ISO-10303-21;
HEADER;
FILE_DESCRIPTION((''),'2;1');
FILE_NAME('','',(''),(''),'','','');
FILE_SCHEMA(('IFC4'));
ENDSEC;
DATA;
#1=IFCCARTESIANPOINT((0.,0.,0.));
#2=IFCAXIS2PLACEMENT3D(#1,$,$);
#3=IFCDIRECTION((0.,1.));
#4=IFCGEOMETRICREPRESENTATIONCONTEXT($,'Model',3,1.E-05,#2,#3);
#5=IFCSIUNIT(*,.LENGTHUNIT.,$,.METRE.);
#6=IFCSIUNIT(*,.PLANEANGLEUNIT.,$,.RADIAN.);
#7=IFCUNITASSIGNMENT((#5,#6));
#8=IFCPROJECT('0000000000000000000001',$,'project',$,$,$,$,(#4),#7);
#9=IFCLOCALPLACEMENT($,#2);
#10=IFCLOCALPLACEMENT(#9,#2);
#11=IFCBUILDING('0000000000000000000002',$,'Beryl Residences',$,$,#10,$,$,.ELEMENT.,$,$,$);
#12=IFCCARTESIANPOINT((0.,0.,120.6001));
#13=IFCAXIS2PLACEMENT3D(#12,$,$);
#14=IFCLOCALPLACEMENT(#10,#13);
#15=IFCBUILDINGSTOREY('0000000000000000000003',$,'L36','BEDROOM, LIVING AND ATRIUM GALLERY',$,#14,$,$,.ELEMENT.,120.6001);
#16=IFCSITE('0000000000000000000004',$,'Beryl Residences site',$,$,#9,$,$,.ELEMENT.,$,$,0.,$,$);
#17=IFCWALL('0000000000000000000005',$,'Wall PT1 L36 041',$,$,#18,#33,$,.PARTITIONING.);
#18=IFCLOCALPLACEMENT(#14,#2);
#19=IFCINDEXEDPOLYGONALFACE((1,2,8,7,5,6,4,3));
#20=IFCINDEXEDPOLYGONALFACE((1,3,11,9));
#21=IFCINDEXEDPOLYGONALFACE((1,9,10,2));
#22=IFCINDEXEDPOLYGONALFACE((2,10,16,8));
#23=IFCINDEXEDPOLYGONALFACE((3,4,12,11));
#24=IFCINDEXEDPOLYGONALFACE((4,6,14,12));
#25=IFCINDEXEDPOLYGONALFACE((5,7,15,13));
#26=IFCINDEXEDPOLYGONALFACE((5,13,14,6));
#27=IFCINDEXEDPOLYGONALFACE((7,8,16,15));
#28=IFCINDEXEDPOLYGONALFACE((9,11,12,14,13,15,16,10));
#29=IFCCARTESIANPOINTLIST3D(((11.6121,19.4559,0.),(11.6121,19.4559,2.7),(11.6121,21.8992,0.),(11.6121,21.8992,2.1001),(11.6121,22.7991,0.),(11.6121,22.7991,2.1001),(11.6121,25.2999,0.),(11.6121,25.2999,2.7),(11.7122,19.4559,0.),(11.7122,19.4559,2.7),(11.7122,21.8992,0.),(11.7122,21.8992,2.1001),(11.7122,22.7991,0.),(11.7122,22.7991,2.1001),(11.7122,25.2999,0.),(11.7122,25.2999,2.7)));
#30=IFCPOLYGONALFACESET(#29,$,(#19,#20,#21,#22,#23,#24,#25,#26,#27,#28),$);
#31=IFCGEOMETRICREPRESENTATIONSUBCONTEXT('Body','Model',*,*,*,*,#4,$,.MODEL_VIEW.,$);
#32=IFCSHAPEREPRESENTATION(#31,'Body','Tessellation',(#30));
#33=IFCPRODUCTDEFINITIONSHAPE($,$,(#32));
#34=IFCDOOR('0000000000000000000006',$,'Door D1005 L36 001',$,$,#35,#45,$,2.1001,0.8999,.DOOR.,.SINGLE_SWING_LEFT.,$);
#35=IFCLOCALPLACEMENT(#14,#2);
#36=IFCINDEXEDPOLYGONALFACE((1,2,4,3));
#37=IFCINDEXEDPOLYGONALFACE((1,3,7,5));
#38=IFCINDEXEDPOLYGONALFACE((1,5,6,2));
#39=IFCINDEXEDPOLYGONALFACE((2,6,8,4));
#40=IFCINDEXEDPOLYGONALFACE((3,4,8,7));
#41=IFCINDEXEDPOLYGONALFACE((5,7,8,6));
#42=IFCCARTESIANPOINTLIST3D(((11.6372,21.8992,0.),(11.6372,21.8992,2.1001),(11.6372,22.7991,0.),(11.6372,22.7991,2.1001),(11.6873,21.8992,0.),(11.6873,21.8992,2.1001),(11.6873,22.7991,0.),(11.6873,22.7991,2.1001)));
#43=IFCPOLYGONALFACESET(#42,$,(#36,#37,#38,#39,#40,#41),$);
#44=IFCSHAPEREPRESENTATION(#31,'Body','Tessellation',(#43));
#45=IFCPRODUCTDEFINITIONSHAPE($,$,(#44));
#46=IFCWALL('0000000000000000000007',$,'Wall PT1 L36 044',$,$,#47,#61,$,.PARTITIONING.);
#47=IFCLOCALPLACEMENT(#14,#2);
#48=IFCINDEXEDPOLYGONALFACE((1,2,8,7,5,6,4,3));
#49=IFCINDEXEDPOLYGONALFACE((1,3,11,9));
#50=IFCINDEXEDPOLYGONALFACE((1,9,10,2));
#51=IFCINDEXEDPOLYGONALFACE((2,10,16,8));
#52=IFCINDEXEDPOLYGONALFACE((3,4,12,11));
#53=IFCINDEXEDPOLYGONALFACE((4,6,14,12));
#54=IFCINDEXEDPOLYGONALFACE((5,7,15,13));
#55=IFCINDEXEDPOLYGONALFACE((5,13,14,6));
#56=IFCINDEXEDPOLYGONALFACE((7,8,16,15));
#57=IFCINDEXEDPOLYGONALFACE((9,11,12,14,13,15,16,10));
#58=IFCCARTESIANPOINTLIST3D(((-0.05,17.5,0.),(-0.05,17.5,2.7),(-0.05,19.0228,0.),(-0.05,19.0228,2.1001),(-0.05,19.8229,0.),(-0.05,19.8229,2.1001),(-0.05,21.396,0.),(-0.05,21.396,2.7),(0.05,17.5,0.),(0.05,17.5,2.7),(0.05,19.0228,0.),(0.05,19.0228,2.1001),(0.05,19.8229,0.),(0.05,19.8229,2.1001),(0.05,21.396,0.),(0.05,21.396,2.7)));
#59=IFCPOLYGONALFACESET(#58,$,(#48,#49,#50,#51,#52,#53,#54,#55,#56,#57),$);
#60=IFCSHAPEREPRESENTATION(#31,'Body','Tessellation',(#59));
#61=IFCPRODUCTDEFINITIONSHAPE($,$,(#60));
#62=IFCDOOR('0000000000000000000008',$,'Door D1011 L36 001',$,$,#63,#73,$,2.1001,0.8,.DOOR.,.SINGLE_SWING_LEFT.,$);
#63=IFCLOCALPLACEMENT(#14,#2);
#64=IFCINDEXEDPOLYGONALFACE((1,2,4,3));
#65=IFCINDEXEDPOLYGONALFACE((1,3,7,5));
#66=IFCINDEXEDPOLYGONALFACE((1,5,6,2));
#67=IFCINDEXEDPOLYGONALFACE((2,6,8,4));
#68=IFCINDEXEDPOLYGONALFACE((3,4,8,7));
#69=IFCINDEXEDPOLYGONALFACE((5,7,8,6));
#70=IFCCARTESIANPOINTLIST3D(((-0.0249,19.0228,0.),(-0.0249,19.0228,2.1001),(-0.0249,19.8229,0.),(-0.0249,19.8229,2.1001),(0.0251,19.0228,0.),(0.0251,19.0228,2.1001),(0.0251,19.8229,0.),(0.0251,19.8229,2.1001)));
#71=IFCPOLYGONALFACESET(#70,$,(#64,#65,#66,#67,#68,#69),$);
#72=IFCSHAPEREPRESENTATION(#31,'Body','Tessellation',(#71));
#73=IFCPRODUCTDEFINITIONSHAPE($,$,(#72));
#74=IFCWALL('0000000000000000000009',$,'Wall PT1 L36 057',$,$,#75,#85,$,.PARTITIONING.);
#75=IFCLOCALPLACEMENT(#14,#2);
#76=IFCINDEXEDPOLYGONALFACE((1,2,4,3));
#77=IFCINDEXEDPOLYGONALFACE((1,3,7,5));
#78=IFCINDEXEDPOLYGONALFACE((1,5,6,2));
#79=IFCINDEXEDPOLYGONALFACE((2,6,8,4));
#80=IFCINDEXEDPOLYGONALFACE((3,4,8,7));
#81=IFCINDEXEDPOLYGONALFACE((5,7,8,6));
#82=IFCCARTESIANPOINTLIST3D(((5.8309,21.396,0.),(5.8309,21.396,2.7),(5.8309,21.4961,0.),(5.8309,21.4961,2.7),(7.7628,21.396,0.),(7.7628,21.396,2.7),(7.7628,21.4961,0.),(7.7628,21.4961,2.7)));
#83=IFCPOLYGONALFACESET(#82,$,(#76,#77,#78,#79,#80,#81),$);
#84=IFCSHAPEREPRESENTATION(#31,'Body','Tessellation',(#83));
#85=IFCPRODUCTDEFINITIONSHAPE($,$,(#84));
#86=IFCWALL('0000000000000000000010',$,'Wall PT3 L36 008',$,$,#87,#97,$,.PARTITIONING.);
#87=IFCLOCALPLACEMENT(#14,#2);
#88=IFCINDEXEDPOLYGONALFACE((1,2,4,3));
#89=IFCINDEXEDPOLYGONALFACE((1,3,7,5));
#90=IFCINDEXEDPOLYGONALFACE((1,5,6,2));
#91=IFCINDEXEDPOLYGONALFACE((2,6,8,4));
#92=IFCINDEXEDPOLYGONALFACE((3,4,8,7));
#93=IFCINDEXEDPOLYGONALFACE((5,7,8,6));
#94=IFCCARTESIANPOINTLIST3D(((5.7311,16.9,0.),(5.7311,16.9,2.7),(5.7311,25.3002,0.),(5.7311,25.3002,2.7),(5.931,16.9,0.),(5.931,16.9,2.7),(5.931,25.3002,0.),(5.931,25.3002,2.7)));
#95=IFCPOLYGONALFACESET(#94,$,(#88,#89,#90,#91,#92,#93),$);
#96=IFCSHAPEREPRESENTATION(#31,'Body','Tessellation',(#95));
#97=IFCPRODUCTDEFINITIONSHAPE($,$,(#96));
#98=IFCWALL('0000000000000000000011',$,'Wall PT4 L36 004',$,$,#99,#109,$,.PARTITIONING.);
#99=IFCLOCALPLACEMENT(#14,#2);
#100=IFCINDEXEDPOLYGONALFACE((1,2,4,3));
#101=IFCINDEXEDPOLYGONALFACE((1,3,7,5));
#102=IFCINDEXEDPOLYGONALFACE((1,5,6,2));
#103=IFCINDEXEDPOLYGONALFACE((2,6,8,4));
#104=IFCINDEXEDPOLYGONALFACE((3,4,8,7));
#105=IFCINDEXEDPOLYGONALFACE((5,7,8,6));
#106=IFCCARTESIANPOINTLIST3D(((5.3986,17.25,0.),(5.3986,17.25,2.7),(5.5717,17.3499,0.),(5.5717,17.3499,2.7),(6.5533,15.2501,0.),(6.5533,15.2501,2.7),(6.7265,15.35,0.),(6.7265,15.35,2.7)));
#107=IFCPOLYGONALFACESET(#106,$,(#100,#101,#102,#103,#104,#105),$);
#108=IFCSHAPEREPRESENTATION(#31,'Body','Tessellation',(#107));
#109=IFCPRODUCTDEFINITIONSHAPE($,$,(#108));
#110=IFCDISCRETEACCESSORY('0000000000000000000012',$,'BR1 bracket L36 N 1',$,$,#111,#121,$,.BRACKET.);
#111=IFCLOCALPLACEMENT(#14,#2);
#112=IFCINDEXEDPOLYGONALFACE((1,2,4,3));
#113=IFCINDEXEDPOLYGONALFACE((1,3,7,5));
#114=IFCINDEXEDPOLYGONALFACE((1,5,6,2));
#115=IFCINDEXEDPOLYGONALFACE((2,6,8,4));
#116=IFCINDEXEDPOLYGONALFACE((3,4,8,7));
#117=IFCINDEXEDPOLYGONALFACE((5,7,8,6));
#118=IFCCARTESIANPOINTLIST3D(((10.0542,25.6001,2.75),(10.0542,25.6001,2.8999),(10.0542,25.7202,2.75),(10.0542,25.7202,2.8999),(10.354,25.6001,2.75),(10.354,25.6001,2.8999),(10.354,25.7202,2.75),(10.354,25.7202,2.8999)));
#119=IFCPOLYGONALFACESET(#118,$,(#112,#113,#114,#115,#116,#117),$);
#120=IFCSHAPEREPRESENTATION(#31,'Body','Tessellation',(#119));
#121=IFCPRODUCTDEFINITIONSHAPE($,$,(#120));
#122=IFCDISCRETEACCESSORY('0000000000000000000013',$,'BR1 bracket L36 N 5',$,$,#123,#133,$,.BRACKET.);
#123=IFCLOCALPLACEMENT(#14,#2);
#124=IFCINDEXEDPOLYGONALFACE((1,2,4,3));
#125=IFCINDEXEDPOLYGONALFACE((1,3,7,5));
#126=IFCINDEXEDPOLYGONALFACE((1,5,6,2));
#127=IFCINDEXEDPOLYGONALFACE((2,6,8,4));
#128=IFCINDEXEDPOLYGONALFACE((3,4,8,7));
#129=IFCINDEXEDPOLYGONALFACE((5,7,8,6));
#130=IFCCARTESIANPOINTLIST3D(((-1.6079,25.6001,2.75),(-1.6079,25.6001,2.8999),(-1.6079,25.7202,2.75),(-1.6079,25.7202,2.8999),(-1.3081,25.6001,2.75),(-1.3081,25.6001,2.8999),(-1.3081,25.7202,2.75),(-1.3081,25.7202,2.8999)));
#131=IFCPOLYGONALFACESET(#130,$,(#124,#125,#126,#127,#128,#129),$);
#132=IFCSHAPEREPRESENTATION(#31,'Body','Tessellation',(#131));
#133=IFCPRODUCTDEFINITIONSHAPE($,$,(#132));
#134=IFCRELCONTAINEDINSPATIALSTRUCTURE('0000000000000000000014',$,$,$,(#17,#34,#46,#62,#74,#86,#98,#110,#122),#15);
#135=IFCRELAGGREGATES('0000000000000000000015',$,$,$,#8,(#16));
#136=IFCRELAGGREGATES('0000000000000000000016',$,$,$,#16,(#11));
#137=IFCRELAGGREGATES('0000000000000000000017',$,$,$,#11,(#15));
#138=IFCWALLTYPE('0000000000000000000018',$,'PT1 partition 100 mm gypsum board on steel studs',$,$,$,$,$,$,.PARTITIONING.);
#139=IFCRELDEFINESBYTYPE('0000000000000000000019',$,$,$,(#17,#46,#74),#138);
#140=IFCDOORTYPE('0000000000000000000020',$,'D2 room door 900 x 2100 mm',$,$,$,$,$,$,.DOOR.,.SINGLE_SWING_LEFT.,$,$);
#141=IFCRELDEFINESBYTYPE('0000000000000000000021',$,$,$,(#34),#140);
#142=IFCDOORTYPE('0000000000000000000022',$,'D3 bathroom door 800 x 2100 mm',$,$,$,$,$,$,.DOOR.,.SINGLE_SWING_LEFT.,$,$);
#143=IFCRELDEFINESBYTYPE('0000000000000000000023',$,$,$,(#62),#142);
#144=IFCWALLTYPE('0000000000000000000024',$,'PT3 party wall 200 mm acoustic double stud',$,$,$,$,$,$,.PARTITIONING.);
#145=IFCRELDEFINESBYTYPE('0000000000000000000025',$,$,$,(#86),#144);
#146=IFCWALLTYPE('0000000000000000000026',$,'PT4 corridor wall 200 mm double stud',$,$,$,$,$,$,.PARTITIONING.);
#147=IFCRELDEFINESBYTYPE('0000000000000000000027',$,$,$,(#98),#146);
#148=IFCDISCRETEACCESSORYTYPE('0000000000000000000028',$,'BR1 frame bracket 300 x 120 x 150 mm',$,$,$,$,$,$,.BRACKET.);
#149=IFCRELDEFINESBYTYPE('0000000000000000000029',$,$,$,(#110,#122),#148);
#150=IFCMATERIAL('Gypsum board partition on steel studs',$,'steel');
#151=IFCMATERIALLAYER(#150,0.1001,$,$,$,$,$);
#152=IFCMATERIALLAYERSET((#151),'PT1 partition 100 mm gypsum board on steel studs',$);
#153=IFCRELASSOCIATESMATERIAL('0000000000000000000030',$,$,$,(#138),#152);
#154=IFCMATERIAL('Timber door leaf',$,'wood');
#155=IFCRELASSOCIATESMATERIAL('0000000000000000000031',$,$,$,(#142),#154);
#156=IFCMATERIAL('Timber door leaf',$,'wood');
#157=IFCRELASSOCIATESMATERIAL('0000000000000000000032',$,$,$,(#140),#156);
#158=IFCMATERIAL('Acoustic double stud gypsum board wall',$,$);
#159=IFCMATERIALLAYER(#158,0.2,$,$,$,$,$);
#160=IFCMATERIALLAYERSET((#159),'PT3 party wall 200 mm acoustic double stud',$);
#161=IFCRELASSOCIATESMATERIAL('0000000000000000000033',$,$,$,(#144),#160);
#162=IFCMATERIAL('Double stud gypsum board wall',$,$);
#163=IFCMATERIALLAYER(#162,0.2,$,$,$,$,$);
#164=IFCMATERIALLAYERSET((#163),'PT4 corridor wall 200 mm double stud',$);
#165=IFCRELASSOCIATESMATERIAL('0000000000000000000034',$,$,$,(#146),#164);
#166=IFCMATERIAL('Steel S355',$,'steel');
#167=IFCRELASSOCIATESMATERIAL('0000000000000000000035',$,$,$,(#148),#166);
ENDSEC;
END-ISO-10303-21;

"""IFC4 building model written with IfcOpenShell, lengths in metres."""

from ifc_helpers import new_model, si_unit, direction, frame, frame_2d, origin, place, context, subcontext, project, spatial, polyline, rectangle, outline, extrude, source, transform, mapped, material, layer, layer_set, type_object, type_shapes, element, fill, save


model = new_model("IFC4")

# Units and contexts
model_context = context("Model", 3, precision=1e-05, world=origin(), true_north=direction((0.0, 1.0)))
body_context = subcontext(model_context, "Body", "Model", "MODEL_VIEW")
ifc_project = project(units=[si_unit("LENGTHUNIT", "METRE"), si_unit("PLANEANGLEUNIT", "RADIAN")], contexts=[model_context])

# Site, building, storey
site_placement = place(None, origin())
site = spatial("IfcSite", under=ifc_project, at=site_placement, Name="Beryl Residences site", CompositionType="ELEMENT", RefElevation=0.0)
building_placement = place(site_placement, origin())
building = spatial("IfcBuilding", under=site, at=building_placement, Name="Beryl Residences", CompositionType="ELEMENT")
storey_placement = place(building_placement, frame((0.0, 0.0, 120.6001)))
storey = spatial("IfcBuildingStorey", under=building, at=storey_placement, Name="L36", Description="BEDROOM, LIVING AND ATRIUM GALLERY", CompositionType="ELEMENT", Elevation=120.6001)

# Shared definitions
ifc_material_1 = material(Name="Gypsum board partition on steel studs", Category="steel")
ifc_layer_1 = layer(ifc_material_1, 0.1001)
ifc_layer_set_1 = layer_set([ifc_layer_1], Name="PT1 partition 100 mm gypsum board on steel studs")
wall_type_1 = type_object("IfcWallType", Name="PT1 partition 100 mm gypsum board on steel studs", PredefinedType="PARTITIONING", material=ifc_layer_set_1)

# Walls, openings, doors
ifc_material_2 = material(Name="Timber door leaf", Category="wood")
door_type_1 = type_object("IfcDoorType", Name="D3 bathroom door 800 x 2100 mm", OperationType="SINGLE_SWING_LEFT", PredefinedType="DOOR", material=ifc_material_2)
wall_1_placement = place(storey_placement, frame((11.6621, 19.4561, 0.0), z_axis=(0.0, 0.0, 1.0), x_axis=(0.0, 1.0, 0.0)))
wall_1 = element("IfcWall", 1, at=wall_1_placement, inside=storey, type_object=wall_type_1, Name="Wall PT1 L36 041", PredefinedType="PARTITIONING", context=body_context, shape_type="SweptSolid", body=[
    extrude(rectangle(XDim=5.844, YDim=0.1001, at=frame_2d((2.9219, 0.0))), origin(), (0.0, 0.0, 1.0), 2.7),
])
opening_1_placement = place(wall_1_placement, frame((2.4431, 0.0, 0.0)))
opening_1 = element("IfcOpeningElement", 2, at=opening_1_placement, cuts=wall_1, PredefinedType="OPENING", context=body_context, shape_type="SweptSolid", body=[
    extrude(rectangle(XDim=0.8999, YDim=2.1001, at=frame_2d((0.45, 1.05))), frame((0.0, 0.0601, 0.0), z_axis=(0.0, -1.0, 0.0), x_axis=(1.0, 0.0, 0.0)), (0.0, 0.0, 1.0), 0.1201),
])
ifc_material_3 = material(Name="Timber door leaf", Category="wood")
door_type_2 = type_object("IfcDoorType", Name="D2 room door 900 x 2100 mm", OperationType="SINGLE_SWING_LEFT", PredefinedType="DOOR", material=ifc_material_3)
door_1_placement = place(opening_1_placement, origin())
door_1 = element("IfcDoor", 3, at=door_1_placement, inside=storey, type_object=door_type_2, Name="Door D1005 L36 001", OperationType="SINGLE_SWING_LEFT", OverallHeight=2.1001, OverallWidth=0.8999, PredefinedType="DOOR", context=body_context, shape_type="SweptSolid", body=[
    extrude(rectangle(XDim=0.8999, YDim=2.1001, at=frame_2d((0.45, 1.05))), frame((0.0, 0.0249, 0.0), z_axis=(0.0, -1.0, 0.0), x_axis=(1.0, 0.0, 0.0)), (0.0, 0.0, 1.0), 0.05),
])
fill(opening_1, door_1)
wall_2_placement = place(storey_placement, frame((0.0, 17.5, 0.0), z_axis=(0.0, 0.0, 1.0), x_axis=(0.0, 1.0, 0.0)))
wall_2 = element("IfcWall", 4, at=wall_2_placement, inside=storey, type_object=wall_type_1, Name="Wall PT1 L36 044", PredefinedType="PARTITIONING", context=body_context, shape_type="SweptSolid", body=[
    extrude(rectangle(XDim=3.896, YDim=0.1001, at=frame_2d((1.948, 0.0))), origin(), (0.0, 0.0, 1.0), 2.7),
])
opening_2_placement = place(wall_2_placement, frame((1.5229, 0.0, 0.0)))
opening_2 = element("IfcOpeningElement", 5, at=opening_2_placement, cuts=wall_2, PredefinedType="OPENING", context=body_context, shape_type="SweptSolid", body=[
    extrude(rectangle(XDim=0.8, YDim=2.1001, at=frame_2d((0.3999, 1.05))), frame((0.0, 0.0601, 0.0), z_axis=(0.0, -1.0, 0.0), x_axis=(1.0, 0.0, 0.0)), (0.0, 0.0, 1.0), 0.1201),
])
door_2_placement = place(opening_2_placement, origin())
door_2 = element("IfcDoor", 6, at=door_2_placement, inside=storey, type_object=door_type_1, Name="Door D1011 L36 001", OperationType="SINGLE_SWING_LEFT", OverallHeight=2.1001, OverallWidth=0.8, PredefinedType="DOOR", context=body_context, shape_type="SweptSolid", body=[
    extrude(rectangle(XDim=0.8, YDim=2.1001, at=frame_2d((0.3999, 1.05))), frame((0.0, 0.0249, 0.0), z_axis=(0.0, -1.0, 0.0), x_axis=(1.0, 0.0, 0.0)), (0.0, 0.0, 1.0), 0.05),
])
fill(opening_2, door_2)

# Walls
wall_3_placement = place(storey_placement, frame((5.8311, 21.446, 0.0), z_axis=(0.0, 0.0, 1.0), x_axis=(1.0, 0.0, 0.0)))
element("IfcWall", 7, at=wall_3_placement, inside=storey, type_object=wall_type_1, Name="Wall PT1 L36 057", PredefinedType="PARTITIONING", context=body_context, shape_type="SweptSolid", body=[
    extrude(rectangle(XDim=1.9319, YDim=0.1001, at=frame_2d((0.9658, 0.0))), origin(), (0.0, 0.0, 1.0), 2.7),
])
ifc_material_4 = material(Name="Acoustic double stud gypsum board wall")
ifc_layer_2 = layer(ifc_material_4, 0.2)
ifc_layer_set_2 = layer_set([ifc_layer_2], Name="PT3 party wall 200 mm acoustic double stud")
wall_type_2 = type_object("IfcWallType", Name="PT3 party wall 200 mm acoustic double stud", PredefinedType="PARTITIONING", material=ifc_layer_set_2)
wall_4_placement = place(storey_placement, frame((5.8311, 16.8999, 0.0), z_axis=(0.0, 0.0, 1.0), x_axis=(0.0, 1.0, 0.0)))
element("IfcWall", 8, at=wall_4_placement, inside=storey, type_object=wall_type_2, Name="Wall PT3 L36 008", PredefinedType="PARTITIONING", context=body_context, shape_type="SweptSolid", body=[
    extrude(rectangle(XDim=8.4001, YDim=0.2, at=frame_2d((4.2002, 0.0))), origin(), (0.0, 0.0, 1.0), 2.7),
])
ifc_material_5 = material(Name="Double stud gypsum board wall")
ifc_layer_3 = layer(ifc_material_5, 0.2)
ifc_layer_set_3 = layer_set([ifc_layer_3], Name="PT4 corridor wall 200 mm double stud")
wall_type_3 = type_object("IfcWallType", Name="PT4 corridor wall 200 mm double stud", PredefinedType="PARTITIONING", material=ifc_layer_set_3)
wall_5_placement = place(storey_placement, frame((5.4851, 17.3, 0.0), z_axis=(0.0, 0.0, 1.0), x_axis=(0.500027, -0.86601, 0.0)))
element("IfcWall", 9, at=wall_5_placement, inside=storey, type_object=wall_type_3, Name="Wall PT4 L36 004", PredefinedType="PARTITIONING", context=body_context, shape_type="SweptSolid", body=[
    extrude(rectangle(XDim=2.3093, YDim=0.2, at=frame_2d((1.1548, 0.0))), origin(), (0.0, 0.0, 1.0), 2.7),
])

# Discrete accessories
ifc_material_6 = material(Name="Steel S355", Category="steel")
discrete_accessory_type = type_object("IfcDiscreteAccessoryType", Name="BR1 frame bracket 300 x 120 x 150 mm", PredefinedType="BRACKET", material=ifc_material_6)
shared_shape_1 = source(origin(), body_context, "Body", "SweptSolid", [
    extrude(outline(polyline([(-0.1499, 0.0), (0.1499, 0.0), (0.1499, 0.1201), (-0.1499, 0.1201), (-0.1499, 0.0)])), origin(), (0.0, 0.0, 1.0), 0.1499),
])
type_shapes(discrete_accessory_type, [shared_shape_1])
for number, where, z_axis, x_axis, name in (
    (10, (10.2041, 25.6001, 2.75), (0.0, 0.0, 1.0), (1.0, 0.0, 0.0), "BR1 bracket L36 N 1"),
    (11, (-1.458, 25.6001, 2.75), (0.0, 0.0, 1.0), (1.0, 0.0, 0.0), "BR1 bracket L36 N 5"),
):
    element("IfcDiscreteAccessory", number, at=place(storey_placement, frame(where, z_axis=z_axis, x_axis=x_axis)), inside=storey, type_object=discrete_accessory_type, Name=name, PredefinedType="BRACKET", context=body_context, shape_type="MappedRepresentation", body=[
        mapped(shared_shape_1, transform((0.0, 0.0, 0.0))),
    ])

save(model, "model.ifc")
